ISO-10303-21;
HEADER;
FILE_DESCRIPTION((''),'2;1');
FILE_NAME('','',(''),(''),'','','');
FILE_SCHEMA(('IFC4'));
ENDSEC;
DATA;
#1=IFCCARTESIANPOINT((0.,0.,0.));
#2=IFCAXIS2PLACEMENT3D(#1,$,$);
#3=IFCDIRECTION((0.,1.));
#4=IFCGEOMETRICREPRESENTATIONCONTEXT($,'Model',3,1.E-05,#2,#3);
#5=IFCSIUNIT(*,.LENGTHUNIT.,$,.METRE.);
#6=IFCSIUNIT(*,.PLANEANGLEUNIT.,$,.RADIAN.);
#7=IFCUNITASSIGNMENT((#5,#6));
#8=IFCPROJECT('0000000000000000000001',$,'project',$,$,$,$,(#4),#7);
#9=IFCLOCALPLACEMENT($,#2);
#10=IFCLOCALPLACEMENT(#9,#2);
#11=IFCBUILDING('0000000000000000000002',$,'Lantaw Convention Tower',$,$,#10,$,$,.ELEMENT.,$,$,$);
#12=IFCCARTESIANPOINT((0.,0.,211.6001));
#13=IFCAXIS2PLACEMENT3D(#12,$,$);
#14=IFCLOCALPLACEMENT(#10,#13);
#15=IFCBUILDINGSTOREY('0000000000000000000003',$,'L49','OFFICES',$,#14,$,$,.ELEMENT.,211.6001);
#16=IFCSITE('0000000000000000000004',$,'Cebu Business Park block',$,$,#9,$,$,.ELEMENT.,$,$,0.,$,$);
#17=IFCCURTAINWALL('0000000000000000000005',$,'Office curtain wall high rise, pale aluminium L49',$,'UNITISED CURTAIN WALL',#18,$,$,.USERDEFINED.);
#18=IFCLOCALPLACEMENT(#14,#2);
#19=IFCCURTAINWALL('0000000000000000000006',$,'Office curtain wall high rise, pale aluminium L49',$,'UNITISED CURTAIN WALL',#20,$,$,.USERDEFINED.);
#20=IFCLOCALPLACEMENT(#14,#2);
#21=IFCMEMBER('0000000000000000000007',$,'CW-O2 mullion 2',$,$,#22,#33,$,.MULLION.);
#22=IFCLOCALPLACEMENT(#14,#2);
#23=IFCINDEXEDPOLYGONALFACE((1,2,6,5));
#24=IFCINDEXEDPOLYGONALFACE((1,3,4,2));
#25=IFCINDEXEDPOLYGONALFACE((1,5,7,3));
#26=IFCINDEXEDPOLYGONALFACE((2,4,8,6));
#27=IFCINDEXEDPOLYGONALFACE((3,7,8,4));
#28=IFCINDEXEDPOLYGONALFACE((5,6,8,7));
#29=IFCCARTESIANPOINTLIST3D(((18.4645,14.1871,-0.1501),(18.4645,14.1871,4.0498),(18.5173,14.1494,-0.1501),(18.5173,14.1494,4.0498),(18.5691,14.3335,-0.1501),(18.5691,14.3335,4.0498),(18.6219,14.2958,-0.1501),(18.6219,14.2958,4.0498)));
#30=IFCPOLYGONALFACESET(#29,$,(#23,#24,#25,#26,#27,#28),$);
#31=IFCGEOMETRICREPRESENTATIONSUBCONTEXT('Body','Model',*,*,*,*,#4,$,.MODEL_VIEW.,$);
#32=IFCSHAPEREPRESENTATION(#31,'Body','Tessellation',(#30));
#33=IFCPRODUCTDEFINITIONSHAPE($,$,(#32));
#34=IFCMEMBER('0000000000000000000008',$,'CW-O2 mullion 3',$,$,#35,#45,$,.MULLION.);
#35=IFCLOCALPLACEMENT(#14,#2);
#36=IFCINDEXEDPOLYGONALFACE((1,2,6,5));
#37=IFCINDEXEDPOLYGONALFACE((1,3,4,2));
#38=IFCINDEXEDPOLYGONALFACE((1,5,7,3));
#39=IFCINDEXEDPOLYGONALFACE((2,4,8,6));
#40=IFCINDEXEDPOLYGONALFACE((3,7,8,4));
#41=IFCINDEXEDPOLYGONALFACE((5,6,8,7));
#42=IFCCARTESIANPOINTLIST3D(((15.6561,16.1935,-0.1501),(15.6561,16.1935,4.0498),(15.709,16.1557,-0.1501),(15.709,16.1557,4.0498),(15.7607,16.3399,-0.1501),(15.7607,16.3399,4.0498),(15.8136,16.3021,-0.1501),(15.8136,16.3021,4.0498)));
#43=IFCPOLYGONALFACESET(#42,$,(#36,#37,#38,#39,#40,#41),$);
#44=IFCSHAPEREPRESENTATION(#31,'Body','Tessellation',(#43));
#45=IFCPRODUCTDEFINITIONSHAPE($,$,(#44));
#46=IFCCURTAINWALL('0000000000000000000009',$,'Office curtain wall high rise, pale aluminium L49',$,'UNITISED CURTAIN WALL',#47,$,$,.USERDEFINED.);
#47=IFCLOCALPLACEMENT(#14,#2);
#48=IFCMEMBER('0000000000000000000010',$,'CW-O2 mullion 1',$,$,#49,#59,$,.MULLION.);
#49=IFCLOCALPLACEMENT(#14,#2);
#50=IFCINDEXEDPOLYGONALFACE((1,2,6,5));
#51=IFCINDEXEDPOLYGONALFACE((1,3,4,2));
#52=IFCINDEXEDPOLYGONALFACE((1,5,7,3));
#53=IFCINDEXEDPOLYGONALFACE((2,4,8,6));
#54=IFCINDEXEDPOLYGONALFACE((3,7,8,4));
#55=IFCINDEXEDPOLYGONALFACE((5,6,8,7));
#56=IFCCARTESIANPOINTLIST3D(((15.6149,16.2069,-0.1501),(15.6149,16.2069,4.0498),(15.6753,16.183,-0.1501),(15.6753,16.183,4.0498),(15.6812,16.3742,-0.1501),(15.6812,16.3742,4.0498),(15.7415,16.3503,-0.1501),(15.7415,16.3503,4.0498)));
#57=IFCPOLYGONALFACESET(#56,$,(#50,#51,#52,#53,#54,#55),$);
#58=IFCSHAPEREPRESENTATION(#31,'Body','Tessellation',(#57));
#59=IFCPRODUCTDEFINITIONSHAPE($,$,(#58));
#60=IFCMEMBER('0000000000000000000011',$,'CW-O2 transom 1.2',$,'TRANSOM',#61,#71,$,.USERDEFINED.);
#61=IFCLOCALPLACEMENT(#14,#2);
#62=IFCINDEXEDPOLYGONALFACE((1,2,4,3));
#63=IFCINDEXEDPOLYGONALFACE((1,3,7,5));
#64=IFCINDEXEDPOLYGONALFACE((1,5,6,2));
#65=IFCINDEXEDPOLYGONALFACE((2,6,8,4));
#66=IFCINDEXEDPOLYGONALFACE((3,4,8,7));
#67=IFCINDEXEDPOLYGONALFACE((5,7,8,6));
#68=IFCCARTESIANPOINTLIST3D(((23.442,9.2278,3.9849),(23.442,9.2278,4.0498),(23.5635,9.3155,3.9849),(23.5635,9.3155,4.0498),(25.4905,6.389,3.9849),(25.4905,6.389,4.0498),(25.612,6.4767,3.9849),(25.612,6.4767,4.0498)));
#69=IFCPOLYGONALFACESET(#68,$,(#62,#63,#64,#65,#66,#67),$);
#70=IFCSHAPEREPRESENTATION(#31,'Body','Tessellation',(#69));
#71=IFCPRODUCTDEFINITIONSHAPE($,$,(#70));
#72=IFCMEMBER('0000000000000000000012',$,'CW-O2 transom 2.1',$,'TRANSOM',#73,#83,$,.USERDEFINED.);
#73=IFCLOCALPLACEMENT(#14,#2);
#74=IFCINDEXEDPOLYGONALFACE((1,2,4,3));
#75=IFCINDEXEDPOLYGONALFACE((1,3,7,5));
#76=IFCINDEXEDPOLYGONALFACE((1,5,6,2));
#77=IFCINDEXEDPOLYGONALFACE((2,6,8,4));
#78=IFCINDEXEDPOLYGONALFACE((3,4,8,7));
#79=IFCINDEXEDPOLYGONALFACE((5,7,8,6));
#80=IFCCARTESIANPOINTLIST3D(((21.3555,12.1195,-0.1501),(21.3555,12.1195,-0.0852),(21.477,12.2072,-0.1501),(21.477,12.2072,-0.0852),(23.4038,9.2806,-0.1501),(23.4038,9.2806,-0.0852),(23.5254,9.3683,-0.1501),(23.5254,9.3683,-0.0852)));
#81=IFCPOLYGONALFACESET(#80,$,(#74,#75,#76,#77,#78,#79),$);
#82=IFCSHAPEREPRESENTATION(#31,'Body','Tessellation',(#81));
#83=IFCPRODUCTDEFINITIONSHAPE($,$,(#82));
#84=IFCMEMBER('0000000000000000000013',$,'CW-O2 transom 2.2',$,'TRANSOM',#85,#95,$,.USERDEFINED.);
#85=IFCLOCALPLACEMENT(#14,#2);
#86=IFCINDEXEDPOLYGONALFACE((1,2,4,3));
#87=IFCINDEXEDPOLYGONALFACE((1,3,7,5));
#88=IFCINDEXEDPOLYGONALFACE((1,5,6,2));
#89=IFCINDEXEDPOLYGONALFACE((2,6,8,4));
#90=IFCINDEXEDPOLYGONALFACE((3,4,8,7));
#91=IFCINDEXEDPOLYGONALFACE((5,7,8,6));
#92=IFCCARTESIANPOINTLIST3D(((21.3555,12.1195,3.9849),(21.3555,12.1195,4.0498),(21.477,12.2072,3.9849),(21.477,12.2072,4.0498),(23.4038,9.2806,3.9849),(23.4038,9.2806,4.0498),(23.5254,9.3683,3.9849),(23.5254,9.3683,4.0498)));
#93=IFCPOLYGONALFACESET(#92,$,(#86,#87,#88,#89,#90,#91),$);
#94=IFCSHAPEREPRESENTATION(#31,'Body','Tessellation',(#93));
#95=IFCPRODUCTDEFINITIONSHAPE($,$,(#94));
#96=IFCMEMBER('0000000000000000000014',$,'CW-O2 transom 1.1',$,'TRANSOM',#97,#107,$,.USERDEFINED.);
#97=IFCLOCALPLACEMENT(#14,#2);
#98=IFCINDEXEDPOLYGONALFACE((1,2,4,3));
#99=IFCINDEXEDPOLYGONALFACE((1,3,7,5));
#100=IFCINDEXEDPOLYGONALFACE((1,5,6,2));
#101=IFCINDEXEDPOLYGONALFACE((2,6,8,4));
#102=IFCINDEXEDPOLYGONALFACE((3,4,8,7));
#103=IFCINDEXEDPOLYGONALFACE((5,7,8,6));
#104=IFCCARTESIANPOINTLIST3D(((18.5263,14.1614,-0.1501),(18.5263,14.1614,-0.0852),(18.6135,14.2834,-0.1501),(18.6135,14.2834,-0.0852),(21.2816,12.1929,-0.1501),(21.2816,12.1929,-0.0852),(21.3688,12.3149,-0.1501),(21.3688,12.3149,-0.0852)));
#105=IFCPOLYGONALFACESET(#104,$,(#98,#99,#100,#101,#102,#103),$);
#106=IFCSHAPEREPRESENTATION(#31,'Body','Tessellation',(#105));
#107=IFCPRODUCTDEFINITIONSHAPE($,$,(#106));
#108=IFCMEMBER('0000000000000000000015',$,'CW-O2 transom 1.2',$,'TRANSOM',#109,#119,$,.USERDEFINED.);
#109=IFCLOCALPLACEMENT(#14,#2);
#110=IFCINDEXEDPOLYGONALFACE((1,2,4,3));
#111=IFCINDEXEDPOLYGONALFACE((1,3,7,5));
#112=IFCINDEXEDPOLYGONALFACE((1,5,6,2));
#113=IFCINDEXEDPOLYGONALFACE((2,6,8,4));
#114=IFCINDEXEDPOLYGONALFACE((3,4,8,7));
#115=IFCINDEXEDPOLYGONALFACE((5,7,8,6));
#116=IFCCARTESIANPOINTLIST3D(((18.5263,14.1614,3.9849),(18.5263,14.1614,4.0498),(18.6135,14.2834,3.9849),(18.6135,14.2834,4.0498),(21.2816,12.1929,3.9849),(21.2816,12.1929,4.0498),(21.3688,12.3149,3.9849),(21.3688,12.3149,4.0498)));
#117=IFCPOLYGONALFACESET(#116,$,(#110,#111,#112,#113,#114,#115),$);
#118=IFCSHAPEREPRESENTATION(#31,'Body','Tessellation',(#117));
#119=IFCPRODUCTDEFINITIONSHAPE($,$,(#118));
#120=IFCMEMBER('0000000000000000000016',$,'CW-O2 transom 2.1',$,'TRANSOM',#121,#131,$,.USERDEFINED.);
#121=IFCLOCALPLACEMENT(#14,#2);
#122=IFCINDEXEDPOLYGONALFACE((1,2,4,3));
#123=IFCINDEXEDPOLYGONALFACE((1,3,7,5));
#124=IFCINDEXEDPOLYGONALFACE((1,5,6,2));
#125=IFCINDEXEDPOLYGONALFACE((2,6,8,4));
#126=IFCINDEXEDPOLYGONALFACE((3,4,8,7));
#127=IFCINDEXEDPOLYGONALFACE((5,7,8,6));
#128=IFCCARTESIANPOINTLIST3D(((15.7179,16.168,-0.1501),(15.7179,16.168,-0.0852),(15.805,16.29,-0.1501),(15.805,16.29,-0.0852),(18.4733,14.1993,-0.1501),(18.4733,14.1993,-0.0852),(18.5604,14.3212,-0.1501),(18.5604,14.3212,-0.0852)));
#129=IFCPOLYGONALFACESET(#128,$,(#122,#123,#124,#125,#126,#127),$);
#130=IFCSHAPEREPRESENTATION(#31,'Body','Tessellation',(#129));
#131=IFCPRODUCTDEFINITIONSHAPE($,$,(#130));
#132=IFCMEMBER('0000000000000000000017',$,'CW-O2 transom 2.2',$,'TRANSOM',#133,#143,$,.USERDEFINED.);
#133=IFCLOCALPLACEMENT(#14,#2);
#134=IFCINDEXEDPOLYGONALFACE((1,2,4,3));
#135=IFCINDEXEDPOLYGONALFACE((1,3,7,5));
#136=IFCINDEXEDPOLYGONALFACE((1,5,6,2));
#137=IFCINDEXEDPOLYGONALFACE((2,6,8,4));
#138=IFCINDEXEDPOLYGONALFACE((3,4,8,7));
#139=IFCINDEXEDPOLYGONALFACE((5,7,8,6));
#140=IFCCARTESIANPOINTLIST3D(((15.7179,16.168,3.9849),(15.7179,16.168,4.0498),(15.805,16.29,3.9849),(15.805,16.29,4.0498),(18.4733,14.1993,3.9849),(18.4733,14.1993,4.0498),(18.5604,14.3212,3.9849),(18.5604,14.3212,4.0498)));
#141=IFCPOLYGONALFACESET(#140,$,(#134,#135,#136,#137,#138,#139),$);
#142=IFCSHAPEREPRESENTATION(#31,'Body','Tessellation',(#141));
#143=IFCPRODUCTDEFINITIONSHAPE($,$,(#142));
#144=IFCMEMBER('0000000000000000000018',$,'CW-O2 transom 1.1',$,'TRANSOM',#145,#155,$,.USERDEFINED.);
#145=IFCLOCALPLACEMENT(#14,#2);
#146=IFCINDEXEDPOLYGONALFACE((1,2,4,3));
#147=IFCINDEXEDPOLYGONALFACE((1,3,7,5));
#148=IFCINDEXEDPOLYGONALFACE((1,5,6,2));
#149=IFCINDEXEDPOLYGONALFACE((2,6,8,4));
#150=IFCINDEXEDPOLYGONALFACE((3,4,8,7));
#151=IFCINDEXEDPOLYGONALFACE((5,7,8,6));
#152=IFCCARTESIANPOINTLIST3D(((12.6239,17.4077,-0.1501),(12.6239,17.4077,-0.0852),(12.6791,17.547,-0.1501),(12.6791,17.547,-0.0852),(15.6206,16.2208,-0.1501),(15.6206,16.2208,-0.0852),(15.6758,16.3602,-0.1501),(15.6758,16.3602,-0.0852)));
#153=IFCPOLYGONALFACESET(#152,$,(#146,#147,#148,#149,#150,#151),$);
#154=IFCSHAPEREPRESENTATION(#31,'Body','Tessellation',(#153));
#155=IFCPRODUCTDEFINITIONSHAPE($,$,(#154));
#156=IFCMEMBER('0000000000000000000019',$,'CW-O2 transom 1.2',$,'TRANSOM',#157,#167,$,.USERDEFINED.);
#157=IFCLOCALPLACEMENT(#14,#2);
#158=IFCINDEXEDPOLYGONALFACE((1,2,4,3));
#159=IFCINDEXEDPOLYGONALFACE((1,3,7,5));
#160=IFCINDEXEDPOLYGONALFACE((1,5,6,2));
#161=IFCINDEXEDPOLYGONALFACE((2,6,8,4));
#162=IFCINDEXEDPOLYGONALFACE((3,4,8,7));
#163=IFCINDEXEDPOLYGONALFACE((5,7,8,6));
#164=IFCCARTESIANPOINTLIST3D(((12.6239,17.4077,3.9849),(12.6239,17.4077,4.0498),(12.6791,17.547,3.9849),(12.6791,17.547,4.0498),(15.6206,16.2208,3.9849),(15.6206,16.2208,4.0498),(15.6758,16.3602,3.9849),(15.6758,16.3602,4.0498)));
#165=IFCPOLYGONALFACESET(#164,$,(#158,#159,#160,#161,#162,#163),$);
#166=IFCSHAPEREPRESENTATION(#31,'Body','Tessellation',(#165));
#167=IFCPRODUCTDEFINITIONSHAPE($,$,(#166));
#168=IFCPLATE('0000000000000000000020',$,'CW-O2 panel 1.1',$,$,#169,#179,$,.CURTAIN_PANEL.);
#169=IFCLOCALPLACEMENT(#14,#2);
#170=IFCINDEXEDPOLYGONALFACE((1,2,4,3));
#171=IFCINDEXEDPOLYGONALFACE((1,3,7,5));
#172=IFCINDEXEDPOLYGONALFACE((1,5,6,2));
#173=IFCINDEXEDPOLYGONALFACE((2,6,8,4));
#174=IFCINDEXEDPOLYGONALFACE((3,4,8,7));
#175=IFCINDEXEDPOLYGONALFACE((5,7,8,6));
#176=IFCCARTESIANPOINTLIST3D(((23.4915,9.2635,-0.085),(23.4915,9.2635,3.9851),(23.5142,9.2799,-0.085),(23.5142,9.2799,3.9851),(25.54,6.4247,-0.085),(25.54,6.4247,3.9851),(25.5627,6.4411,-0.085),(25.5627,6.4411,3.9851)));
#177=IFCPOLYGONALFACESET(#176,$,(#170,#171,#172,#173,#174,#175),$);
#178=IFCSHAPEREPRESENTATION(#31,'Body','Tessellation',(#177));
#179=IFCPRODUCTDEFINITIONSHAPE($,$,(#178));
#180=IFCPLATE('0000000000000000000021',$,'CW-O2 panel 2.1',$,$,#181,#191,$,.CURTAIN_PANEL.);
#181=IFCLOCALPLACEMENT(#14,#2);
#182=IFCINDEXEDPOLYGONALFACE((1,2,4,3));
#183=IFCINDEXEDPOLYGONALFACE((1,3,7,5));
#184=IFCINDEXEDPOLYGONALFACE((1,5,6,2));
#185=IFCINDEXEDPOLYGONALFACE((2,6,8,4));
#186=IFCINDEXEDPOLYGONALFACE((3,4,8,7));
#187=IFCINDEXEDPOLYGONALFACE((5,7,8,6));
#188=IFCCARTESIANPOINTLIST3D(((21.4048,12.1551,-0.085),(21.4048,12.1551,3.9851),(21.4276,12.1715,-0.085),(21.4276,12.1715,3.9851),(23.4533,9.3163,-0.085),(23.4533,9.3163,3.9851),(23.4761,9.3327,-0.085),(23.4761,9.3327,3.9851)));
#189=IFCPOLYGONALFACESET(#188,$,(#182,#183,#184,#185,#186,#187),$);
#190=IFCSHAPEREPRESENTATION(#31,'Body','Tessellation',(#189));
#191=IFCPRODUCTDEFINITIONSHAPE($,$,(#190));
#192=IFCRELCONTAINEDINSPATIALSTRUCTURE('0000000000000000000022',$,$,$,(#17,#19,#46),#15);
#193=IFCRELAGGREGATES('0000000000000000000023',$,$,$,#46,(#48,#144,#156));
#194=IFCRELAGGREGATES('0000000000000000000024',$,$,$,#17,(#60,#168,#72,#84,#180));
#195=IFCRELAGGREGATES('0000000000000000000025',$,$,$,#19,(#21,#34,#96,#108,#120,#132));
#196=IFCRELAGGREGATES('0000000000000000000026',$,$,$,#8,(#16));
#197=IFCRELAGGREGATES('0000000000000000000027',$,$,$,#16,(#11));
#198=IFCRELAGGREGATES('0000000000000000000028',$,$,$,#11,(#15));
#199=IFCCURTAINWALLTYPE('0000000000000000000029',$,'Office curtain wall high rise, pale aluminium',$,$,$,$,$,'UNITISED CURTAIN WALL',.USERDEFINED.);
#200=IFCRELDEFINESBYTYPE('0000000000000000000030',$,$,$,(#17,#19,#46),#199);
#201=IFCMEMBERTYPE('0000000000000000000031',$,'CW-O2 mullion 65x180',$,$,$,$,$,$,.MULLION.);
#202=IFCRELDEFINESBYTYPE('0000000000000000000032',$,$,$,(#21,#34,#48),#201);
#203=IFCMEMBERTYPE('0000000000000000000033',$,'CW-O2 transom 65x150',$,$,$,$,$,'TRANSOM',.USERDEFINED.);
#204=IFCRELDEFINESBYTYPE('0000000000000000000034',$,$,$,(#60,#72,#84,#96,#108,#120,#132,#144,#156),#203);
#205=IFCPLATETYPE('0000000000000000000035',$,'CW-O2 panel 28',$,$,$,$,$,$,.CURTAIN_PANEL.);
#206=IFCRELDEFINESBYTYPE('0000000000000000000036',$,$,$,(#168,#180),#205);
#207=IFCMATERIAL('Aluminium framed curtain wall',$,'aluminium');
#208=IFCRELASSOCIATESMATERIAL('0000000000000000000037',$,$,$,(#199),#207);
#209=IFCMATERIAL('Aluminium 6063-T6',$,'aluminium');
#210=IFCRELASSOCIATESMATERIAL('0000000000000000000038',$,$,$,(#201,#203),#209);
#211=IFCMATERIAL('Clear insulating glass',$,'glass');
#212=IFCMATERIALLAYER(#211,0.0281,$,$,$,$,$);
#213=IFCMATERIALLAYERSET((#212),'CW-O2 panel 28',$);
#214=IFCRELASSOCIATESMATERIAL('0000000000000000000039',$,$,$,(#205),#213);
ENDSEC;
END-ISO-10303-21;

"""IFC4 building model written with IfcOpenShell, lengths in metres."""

from ifc_helpers import new_model, si_unit, direction, frame, origin, origin_2d, place, context, subcontext, project, spatial, rectangle, extrude, material, layer, layer_set, material_profile, profile_set, type_object, element, aggregate, save


model = new_model("IFC4")

# Units and contexts
model_context = context("Model", 3, precision=1e-05, world=origin(), true_north=direction((0.0, 1.0)))
body_context = subcontext(model_context, "Body", "Model", "MODEL_VIEW")
ifc_project = project(units=[si_unit("LENGTHUNIT", "METRE"), si_unit("PLANEANGLEUNIT", "RADIAN")], contexts=[model_context])

# Site, building, storey
site_placement = place(None, origin())
site = spatial("IfcSite", under=ifc_project, at=site_placement, Name="Cebu Business Park block", CompositionType="ELEMENT", RefElevation=0.0)
building_placement = place(site_placement, origin())
building = spatial("IfcBuilding", under=site, at=building_placement, Name="Lantaw Convention Tower", CompositionType="ELEMENT")
storey_placement = place(building_placement, frame((0.0, 0.0, 211.6001)))
storey = spatial("IfcBuildingStorey", under=building, at=storey_placement, Name="L49", Description="OFFICES", CompositionType="ELEMENT", Elevation=211.6001)

# Curtain walls, members
ifc_material_1 = material(Name="Aluminium framed curtain wall", Category="aluminium")
curtain_wall_type = type_object("IfcCurtainWallType", Name="Office curtain wall high rise, pale aluminium", ElementType="UNITISED CURTAIN WALL", PredefinedType="USERDEFINED", material=ifc_material_1)
curtain_wall_1_placement = place(storey_placement, origin())
curtain_wall_1 = element("IfcCurtainWall", 1, at=curtain_wall_1_placement, inside=storey, type_object=curtain_wall_type, Name="Office curtain wall high rise, pale aluminium L49", ObjectType="UNITISED CURTAIN WALL", PredefinedType="USERDEFINED")
ifc_material_2 = material(Name="Aluminium 6063-T6", Category="aluminium")
ifc_material_profile_1 = material_profile(ifc_material_2, rectangle(XDim=0.1799, YDim=0.0649, at=origin_2d()), Name="CW-O2 mullion 65x180")
ifc_profile_set_1 = profile_set([ifc_material_profile_1], Name="Aluminium 6063-T6")
member_type_1 = type_object("IfcMemberType", Name="CW-O2 mullion 65x180", PredefinedType="MULLION", material=ifc_profile_set_1)
curtain_wall_2_placement = place(storey_placement, origin())
curtain_wall_2 = element("IfcCurtainWall", 2, at=curtain_wall_2_placement, inside=storey, type_object=curtain_wall_type, Name="Office curtain wall high rise, pale aluminium L49", ObjectType="UNITISED CURTAIN WALL", PredefinedType="USERDEFINED")
member_1_placement = place(storey_placement, frame((18.5432, 14.2415, -0.1501), z_axis=(0.0, 0.0, 1.0), x_axis=(-0.581323, -0.813673, 0.0)))
member_1 = element("IfcMember", 3, at=member_1_placement, type_object=member_type_1, Name="CW-O2 mullion 2", PredefinedType="MULLION", context=body_context, shape_type="SweptSolid", body=[
    extrude(rectangle(XDim=0.1799, YDim=0.0649, at=origin_2d()), origin(), (0.0, 0.0, 1.0), 4.2),
])
member_2_placement = place(storey_placement, frame((15.7349, 16.2478, -0.1501), z_axis=(0.0, 0.0, 1.0), x_axis=(-0.581323, -0.813673, 0.0)))
member_2 = element("IfcMember", 4, at=member_2_placement, type_object=member_type_1, Name="CW-O2 mullion 3", PredefinedType="MULLION", context=body_context, shape_type="SweptSolid", body=[
    extrude(rectangle(XDim=0.1799, YDim=0.0649, at=origin_2d()), origin(), (0.0, 0.0, 1.0), 4.2),
])

# Curtain wall, member
curtain_wall_3_placement = place(storey_placement, origin())
curtain_wall_3 = element("IfcCurtainWall", 5, at=curtain_wall_3_placement, inside=storey, type_object=curtain_wall_type, Name="Office curtain wall high rise, pale aluminium L49", ObjectType="UNITISED CURTAIN WALL", PredefinedType="USERDEFINED")
member_3_placement = place(storey_placement, frame((15.6782, 16.2786, -0.1501), z_axis=(0.0, 0.0, 1.0), x_axis=(-0.368162, -0.929762, 0.0)))
member_3 = element("IfcMember", 6, at=member_3_placement, type_object=member_type_1, Name="CW-O2 mullion 1", PredefinedType="MULLION", context=body_context, shape_type="SweptSolid", body=[
    extrude(rectangle(XDim=0.1799, YDim=0.0649, at=origin_2d()), origin(), (0.0, 0.0, 1.0), 4.2),
])

# Members
ifc_material_profile_2 = material_profile(ifc_material_2, rectangle(XDim=0.1499, YDim=0.0649, at=origin_2d()), Name="CW-O2 transom 65x150")
ifc_profile_set_2 = profile_set([ifc_material_profile_2], Name="Aluminium 6063-T6")
member_type_2 = type_object("IfcMemberType", Name="CW-O2 transom 65x150", ElementType="TRANSOM", PredefinedType="USERDEFINED", material=ifc_profile_set_2)
member_4_placement = place(storey_placement, frame((25.5513, 6.4329, 4.0173), z_axis=(-0.58517, 0.810911, 0.0), x_axis=(-0.810911, -0.58517, 0.0)))
member_4 = element("IfcMember", 7, at=member_4_placement, type_object=member_type_2, Name="CW-O2 transom 1.2", ObjectType="TRANSOM", PredefinedType="USERDEFINED", context=body_context, shape_type="SweptSolid", body=[
    extrude(rectangle(XDim=0.1499, YDim=0.0649, at=origin_2d()), origin(), (0.0, 0.0, 1.0), 3.5007),
])
member_5_placement = place(storey_placement, frame((23.4646, 9.3245, -0.1177), z_axis=(-0.585124, 0.810944, 0.0), x_axis=(-0.810944, -0.585124, 0.0)))
member_5 = element("IfcMember", 8, at=member_5_placement, type_object=member_type_2, Name="CW-O2 transom 2.1", ObjectType="TRANSOM", PredefinedType="USERDEFINED", context=body_context, shape_type="SweptSolid", body=[
    extrude(rectangle(XDim=0.1499, YDim=0.0649, at=origin_2d()), origin(), (0.0, 0.0, 1.0), 3.5007),
])
member_6_placement = place(storey_placement, frame((23.4646, 9.3245, 4.0173), z_axis=(-0.585124, 0.810944, 0.0), x_axis=(-0.810944, -0.585124, 0.0)))
member_6 = element("IfcMember", 9, at=member_6_placement, type_object=member_type_2, Name="CW-O2 transom 2.2", ObjectType="TRANSOM", PredefinedType="USERDEFINED", context=body_context, shape_type="SweptSolid", body=[
    extrude(rectangle(XDim=0.1499, YDim=0.0649, at=origin_2d()), origin(), (0.0, 0.0, 1.0), 3.5007),
])
member_7_placement = place(storey_placement, frame((21.3252, 12.2539, -0.1177), z_axis=(-0.81368, 0.581313, 0.0), x_axis=(-0.581313, -0.81368, 0.0)))
member_7 = element("IfcMember", 10, at=member_7_placement, type_object=member_type_2, Name="CW-O2 transom 1.1", ObjectType="TRANSOM", PredefinedType="USERDEFINED", context=body_context, shape_type="SweptSolid", body=[
    extrude(rectangle(XDim=0.1499, YDim=0.0649, at=origin_2d()), origin(), (0.0, 0.0, 1.0), 3.3862),
])
member_8_placement = place(storey_placement, frame((21.3252, 12.2539, 4.0173), z_axis=(-0.81368, 0.581313, 0.0), x_axis=(-0.581313, -0.81368, 0.0)))
member_8 = element("IfcMember", 11, at=member_8_placement, type_object=member_type_2, Name="CW-O2 transom 1.2", ObjectType="TRANSOM", PredefinedType="USERDEFINED", context=body_context, shape_type="SweptSolid", body=[
    extrude(rectangle(XDim=0.1499, YDim=0.0649, at=origin_2d()), origin(), (0.0, 0.0, 1.0), 3.3862),
])
member_9_placement = place(storey_placement, frame((18.5168, 14.2603, -0.1177), z_axis=(-0.813646, 0.581361, 0.0), x_axis=(-0.581361, -0.813646, 0.0)))
member_9 = element("IfcMember", 12, at=member_9_placement, type_object=member_type_2, Name="CW-O2 transom 2.1", ObjectType="TRANSOM", PredefinedType="USERDEFINED", context=body_context, shape_type="SweptSolid", body=[
    extrude(rectangle(XDim=0.1499, YDim=0.0649, at=origin_2d()), origin(), (0.0, 0.0, 1.0), 3.3865),
])
member_10_placement = place(storey_placement, frame((18.5168, 14.2603, 4.0173), z_axis=(-0.813646, 0.581361, 0.0), x_axis=(-0.581361, -0.813646, 0.0)))
member_10 = element("IfcMember", 13, at=member_10_placement, type_object=member_type_2, Name="CW-O2 transom 2.2", ObjectType="TRANSOM", PredefinedType="USERDEFINED", context=body_context, shape_type="SweptSolid", body=[
    extrude(rectangle(XDim=0.1499, YDim=0.0649, at=origin_2d()), origin(), (0.0, 0.0, 1.0), 3.3865),
])
member_11_placement = place(storey_placement, frame((15.6482, 16.2905, -0.1177), z_axis=(-0.929741, 0.368215, 0.0), x_axis=(-0.368215, -0.929741, 0.0)))
member_11 = element("IfcMember", 14, at=member_11_placement, type_object=member_type_2, Name="CW-O2 transom 1.1", ObjectType="TRANSOM", PredefinedType="USERDEFINED", context=body_context, shape_type="SweptSolid", body=[
    extrude(rectangle(XDim=0.1499, YDim=0.0649, at=origin_2d()), origin(), (0.0, 0.0, 1.0), 3.2231),
])
member_12_placement = place(storey_placement, frame((15.6482, 16.2905, 4.0173), z_axis=(-0.929741, 0.368215, 0.0), x_axis=(-0.368215, -0.929741, 0.0)))
member_12 = element("IfcMember", 15, at=member_12_placement, type_object=member_type_2, Name="CW-O2 transom 1.2", ObjectType="TRANSOM", PredefinedType="USERDEFINED", context=body_context, shape_type="SweptSolid", body=[
    extrude(rectangle(XDim=0.1499, YDim=0.0649, at=origin_2d()), origin(), (0.0, 0.0, 1.0), 3.2231),
])
aggregate(curtain_wall_3, [member_3, member_11, member_12])

# Plates
ifc_material_3 = material(Name="Clear insulating glass", Category="glass")
ifc_layer_1 = layer(ifc_material_3, 0.0281)
ifc_layer_set_1 = layer_set([ifc_layer_1], Name="CW-O2 panel 28")
plate_type_1 = type_object("IfcPlateType", Name="CW-O2 panel 28", PredefinedType="CURTAIN_PANEL", material=ifc_layer_set_1)
plate_1_placement = place(storey_placement, frame((24.5271, 7.8523, -0.085), z_axis=(0.0, 0.0, 1.0), x_axis=(-0.585158, 0.81092, 0.0)))
plate_1 = element("IfcPlate", 16, at=plate_1_placement, type_object=plate_type_1, Name="CW-O2 panel 1.1", PredefinedType="CURTAIN_PANEL", context=body_context, shape_type="SweptSolid", body=[
    extrude(rectangle(XDim=3.5007, YDim=0.0281, at=origin_2d()), origin(), (0.0, 0.0, 1.0), 4.0701),
])
plate_2_placement = place(storey_placement, frame((22.4404, 10.7439, -0.085), z_axis=(0.0, 0.0, 1.0), x_axis=(-0.585158, 0.81092, 0.0)))
plate_2 = element("IfcPlate", 17, at=plate_2_placement, type_object=plate_type_1, Name="CW-O2 panel 2.1", PredefinedType="CURTAIN_PANEL", context=body_context, shape_type="SweptSolid", body=[
    extrude(rectangle(XDim=3.5007, YDim=0.0281, at=origin_2d()), origin(), (0.0, 0.0, 1.0), 4.0701),
])
aggregate(curtain_wall_1, [member_4, plate_1, member_5, member_6, plate_2])
aggregate(curtain_wall_2, [member_1, member_2, member_7, member_8, member_9, member_10])

save(model, "model.ifc")
